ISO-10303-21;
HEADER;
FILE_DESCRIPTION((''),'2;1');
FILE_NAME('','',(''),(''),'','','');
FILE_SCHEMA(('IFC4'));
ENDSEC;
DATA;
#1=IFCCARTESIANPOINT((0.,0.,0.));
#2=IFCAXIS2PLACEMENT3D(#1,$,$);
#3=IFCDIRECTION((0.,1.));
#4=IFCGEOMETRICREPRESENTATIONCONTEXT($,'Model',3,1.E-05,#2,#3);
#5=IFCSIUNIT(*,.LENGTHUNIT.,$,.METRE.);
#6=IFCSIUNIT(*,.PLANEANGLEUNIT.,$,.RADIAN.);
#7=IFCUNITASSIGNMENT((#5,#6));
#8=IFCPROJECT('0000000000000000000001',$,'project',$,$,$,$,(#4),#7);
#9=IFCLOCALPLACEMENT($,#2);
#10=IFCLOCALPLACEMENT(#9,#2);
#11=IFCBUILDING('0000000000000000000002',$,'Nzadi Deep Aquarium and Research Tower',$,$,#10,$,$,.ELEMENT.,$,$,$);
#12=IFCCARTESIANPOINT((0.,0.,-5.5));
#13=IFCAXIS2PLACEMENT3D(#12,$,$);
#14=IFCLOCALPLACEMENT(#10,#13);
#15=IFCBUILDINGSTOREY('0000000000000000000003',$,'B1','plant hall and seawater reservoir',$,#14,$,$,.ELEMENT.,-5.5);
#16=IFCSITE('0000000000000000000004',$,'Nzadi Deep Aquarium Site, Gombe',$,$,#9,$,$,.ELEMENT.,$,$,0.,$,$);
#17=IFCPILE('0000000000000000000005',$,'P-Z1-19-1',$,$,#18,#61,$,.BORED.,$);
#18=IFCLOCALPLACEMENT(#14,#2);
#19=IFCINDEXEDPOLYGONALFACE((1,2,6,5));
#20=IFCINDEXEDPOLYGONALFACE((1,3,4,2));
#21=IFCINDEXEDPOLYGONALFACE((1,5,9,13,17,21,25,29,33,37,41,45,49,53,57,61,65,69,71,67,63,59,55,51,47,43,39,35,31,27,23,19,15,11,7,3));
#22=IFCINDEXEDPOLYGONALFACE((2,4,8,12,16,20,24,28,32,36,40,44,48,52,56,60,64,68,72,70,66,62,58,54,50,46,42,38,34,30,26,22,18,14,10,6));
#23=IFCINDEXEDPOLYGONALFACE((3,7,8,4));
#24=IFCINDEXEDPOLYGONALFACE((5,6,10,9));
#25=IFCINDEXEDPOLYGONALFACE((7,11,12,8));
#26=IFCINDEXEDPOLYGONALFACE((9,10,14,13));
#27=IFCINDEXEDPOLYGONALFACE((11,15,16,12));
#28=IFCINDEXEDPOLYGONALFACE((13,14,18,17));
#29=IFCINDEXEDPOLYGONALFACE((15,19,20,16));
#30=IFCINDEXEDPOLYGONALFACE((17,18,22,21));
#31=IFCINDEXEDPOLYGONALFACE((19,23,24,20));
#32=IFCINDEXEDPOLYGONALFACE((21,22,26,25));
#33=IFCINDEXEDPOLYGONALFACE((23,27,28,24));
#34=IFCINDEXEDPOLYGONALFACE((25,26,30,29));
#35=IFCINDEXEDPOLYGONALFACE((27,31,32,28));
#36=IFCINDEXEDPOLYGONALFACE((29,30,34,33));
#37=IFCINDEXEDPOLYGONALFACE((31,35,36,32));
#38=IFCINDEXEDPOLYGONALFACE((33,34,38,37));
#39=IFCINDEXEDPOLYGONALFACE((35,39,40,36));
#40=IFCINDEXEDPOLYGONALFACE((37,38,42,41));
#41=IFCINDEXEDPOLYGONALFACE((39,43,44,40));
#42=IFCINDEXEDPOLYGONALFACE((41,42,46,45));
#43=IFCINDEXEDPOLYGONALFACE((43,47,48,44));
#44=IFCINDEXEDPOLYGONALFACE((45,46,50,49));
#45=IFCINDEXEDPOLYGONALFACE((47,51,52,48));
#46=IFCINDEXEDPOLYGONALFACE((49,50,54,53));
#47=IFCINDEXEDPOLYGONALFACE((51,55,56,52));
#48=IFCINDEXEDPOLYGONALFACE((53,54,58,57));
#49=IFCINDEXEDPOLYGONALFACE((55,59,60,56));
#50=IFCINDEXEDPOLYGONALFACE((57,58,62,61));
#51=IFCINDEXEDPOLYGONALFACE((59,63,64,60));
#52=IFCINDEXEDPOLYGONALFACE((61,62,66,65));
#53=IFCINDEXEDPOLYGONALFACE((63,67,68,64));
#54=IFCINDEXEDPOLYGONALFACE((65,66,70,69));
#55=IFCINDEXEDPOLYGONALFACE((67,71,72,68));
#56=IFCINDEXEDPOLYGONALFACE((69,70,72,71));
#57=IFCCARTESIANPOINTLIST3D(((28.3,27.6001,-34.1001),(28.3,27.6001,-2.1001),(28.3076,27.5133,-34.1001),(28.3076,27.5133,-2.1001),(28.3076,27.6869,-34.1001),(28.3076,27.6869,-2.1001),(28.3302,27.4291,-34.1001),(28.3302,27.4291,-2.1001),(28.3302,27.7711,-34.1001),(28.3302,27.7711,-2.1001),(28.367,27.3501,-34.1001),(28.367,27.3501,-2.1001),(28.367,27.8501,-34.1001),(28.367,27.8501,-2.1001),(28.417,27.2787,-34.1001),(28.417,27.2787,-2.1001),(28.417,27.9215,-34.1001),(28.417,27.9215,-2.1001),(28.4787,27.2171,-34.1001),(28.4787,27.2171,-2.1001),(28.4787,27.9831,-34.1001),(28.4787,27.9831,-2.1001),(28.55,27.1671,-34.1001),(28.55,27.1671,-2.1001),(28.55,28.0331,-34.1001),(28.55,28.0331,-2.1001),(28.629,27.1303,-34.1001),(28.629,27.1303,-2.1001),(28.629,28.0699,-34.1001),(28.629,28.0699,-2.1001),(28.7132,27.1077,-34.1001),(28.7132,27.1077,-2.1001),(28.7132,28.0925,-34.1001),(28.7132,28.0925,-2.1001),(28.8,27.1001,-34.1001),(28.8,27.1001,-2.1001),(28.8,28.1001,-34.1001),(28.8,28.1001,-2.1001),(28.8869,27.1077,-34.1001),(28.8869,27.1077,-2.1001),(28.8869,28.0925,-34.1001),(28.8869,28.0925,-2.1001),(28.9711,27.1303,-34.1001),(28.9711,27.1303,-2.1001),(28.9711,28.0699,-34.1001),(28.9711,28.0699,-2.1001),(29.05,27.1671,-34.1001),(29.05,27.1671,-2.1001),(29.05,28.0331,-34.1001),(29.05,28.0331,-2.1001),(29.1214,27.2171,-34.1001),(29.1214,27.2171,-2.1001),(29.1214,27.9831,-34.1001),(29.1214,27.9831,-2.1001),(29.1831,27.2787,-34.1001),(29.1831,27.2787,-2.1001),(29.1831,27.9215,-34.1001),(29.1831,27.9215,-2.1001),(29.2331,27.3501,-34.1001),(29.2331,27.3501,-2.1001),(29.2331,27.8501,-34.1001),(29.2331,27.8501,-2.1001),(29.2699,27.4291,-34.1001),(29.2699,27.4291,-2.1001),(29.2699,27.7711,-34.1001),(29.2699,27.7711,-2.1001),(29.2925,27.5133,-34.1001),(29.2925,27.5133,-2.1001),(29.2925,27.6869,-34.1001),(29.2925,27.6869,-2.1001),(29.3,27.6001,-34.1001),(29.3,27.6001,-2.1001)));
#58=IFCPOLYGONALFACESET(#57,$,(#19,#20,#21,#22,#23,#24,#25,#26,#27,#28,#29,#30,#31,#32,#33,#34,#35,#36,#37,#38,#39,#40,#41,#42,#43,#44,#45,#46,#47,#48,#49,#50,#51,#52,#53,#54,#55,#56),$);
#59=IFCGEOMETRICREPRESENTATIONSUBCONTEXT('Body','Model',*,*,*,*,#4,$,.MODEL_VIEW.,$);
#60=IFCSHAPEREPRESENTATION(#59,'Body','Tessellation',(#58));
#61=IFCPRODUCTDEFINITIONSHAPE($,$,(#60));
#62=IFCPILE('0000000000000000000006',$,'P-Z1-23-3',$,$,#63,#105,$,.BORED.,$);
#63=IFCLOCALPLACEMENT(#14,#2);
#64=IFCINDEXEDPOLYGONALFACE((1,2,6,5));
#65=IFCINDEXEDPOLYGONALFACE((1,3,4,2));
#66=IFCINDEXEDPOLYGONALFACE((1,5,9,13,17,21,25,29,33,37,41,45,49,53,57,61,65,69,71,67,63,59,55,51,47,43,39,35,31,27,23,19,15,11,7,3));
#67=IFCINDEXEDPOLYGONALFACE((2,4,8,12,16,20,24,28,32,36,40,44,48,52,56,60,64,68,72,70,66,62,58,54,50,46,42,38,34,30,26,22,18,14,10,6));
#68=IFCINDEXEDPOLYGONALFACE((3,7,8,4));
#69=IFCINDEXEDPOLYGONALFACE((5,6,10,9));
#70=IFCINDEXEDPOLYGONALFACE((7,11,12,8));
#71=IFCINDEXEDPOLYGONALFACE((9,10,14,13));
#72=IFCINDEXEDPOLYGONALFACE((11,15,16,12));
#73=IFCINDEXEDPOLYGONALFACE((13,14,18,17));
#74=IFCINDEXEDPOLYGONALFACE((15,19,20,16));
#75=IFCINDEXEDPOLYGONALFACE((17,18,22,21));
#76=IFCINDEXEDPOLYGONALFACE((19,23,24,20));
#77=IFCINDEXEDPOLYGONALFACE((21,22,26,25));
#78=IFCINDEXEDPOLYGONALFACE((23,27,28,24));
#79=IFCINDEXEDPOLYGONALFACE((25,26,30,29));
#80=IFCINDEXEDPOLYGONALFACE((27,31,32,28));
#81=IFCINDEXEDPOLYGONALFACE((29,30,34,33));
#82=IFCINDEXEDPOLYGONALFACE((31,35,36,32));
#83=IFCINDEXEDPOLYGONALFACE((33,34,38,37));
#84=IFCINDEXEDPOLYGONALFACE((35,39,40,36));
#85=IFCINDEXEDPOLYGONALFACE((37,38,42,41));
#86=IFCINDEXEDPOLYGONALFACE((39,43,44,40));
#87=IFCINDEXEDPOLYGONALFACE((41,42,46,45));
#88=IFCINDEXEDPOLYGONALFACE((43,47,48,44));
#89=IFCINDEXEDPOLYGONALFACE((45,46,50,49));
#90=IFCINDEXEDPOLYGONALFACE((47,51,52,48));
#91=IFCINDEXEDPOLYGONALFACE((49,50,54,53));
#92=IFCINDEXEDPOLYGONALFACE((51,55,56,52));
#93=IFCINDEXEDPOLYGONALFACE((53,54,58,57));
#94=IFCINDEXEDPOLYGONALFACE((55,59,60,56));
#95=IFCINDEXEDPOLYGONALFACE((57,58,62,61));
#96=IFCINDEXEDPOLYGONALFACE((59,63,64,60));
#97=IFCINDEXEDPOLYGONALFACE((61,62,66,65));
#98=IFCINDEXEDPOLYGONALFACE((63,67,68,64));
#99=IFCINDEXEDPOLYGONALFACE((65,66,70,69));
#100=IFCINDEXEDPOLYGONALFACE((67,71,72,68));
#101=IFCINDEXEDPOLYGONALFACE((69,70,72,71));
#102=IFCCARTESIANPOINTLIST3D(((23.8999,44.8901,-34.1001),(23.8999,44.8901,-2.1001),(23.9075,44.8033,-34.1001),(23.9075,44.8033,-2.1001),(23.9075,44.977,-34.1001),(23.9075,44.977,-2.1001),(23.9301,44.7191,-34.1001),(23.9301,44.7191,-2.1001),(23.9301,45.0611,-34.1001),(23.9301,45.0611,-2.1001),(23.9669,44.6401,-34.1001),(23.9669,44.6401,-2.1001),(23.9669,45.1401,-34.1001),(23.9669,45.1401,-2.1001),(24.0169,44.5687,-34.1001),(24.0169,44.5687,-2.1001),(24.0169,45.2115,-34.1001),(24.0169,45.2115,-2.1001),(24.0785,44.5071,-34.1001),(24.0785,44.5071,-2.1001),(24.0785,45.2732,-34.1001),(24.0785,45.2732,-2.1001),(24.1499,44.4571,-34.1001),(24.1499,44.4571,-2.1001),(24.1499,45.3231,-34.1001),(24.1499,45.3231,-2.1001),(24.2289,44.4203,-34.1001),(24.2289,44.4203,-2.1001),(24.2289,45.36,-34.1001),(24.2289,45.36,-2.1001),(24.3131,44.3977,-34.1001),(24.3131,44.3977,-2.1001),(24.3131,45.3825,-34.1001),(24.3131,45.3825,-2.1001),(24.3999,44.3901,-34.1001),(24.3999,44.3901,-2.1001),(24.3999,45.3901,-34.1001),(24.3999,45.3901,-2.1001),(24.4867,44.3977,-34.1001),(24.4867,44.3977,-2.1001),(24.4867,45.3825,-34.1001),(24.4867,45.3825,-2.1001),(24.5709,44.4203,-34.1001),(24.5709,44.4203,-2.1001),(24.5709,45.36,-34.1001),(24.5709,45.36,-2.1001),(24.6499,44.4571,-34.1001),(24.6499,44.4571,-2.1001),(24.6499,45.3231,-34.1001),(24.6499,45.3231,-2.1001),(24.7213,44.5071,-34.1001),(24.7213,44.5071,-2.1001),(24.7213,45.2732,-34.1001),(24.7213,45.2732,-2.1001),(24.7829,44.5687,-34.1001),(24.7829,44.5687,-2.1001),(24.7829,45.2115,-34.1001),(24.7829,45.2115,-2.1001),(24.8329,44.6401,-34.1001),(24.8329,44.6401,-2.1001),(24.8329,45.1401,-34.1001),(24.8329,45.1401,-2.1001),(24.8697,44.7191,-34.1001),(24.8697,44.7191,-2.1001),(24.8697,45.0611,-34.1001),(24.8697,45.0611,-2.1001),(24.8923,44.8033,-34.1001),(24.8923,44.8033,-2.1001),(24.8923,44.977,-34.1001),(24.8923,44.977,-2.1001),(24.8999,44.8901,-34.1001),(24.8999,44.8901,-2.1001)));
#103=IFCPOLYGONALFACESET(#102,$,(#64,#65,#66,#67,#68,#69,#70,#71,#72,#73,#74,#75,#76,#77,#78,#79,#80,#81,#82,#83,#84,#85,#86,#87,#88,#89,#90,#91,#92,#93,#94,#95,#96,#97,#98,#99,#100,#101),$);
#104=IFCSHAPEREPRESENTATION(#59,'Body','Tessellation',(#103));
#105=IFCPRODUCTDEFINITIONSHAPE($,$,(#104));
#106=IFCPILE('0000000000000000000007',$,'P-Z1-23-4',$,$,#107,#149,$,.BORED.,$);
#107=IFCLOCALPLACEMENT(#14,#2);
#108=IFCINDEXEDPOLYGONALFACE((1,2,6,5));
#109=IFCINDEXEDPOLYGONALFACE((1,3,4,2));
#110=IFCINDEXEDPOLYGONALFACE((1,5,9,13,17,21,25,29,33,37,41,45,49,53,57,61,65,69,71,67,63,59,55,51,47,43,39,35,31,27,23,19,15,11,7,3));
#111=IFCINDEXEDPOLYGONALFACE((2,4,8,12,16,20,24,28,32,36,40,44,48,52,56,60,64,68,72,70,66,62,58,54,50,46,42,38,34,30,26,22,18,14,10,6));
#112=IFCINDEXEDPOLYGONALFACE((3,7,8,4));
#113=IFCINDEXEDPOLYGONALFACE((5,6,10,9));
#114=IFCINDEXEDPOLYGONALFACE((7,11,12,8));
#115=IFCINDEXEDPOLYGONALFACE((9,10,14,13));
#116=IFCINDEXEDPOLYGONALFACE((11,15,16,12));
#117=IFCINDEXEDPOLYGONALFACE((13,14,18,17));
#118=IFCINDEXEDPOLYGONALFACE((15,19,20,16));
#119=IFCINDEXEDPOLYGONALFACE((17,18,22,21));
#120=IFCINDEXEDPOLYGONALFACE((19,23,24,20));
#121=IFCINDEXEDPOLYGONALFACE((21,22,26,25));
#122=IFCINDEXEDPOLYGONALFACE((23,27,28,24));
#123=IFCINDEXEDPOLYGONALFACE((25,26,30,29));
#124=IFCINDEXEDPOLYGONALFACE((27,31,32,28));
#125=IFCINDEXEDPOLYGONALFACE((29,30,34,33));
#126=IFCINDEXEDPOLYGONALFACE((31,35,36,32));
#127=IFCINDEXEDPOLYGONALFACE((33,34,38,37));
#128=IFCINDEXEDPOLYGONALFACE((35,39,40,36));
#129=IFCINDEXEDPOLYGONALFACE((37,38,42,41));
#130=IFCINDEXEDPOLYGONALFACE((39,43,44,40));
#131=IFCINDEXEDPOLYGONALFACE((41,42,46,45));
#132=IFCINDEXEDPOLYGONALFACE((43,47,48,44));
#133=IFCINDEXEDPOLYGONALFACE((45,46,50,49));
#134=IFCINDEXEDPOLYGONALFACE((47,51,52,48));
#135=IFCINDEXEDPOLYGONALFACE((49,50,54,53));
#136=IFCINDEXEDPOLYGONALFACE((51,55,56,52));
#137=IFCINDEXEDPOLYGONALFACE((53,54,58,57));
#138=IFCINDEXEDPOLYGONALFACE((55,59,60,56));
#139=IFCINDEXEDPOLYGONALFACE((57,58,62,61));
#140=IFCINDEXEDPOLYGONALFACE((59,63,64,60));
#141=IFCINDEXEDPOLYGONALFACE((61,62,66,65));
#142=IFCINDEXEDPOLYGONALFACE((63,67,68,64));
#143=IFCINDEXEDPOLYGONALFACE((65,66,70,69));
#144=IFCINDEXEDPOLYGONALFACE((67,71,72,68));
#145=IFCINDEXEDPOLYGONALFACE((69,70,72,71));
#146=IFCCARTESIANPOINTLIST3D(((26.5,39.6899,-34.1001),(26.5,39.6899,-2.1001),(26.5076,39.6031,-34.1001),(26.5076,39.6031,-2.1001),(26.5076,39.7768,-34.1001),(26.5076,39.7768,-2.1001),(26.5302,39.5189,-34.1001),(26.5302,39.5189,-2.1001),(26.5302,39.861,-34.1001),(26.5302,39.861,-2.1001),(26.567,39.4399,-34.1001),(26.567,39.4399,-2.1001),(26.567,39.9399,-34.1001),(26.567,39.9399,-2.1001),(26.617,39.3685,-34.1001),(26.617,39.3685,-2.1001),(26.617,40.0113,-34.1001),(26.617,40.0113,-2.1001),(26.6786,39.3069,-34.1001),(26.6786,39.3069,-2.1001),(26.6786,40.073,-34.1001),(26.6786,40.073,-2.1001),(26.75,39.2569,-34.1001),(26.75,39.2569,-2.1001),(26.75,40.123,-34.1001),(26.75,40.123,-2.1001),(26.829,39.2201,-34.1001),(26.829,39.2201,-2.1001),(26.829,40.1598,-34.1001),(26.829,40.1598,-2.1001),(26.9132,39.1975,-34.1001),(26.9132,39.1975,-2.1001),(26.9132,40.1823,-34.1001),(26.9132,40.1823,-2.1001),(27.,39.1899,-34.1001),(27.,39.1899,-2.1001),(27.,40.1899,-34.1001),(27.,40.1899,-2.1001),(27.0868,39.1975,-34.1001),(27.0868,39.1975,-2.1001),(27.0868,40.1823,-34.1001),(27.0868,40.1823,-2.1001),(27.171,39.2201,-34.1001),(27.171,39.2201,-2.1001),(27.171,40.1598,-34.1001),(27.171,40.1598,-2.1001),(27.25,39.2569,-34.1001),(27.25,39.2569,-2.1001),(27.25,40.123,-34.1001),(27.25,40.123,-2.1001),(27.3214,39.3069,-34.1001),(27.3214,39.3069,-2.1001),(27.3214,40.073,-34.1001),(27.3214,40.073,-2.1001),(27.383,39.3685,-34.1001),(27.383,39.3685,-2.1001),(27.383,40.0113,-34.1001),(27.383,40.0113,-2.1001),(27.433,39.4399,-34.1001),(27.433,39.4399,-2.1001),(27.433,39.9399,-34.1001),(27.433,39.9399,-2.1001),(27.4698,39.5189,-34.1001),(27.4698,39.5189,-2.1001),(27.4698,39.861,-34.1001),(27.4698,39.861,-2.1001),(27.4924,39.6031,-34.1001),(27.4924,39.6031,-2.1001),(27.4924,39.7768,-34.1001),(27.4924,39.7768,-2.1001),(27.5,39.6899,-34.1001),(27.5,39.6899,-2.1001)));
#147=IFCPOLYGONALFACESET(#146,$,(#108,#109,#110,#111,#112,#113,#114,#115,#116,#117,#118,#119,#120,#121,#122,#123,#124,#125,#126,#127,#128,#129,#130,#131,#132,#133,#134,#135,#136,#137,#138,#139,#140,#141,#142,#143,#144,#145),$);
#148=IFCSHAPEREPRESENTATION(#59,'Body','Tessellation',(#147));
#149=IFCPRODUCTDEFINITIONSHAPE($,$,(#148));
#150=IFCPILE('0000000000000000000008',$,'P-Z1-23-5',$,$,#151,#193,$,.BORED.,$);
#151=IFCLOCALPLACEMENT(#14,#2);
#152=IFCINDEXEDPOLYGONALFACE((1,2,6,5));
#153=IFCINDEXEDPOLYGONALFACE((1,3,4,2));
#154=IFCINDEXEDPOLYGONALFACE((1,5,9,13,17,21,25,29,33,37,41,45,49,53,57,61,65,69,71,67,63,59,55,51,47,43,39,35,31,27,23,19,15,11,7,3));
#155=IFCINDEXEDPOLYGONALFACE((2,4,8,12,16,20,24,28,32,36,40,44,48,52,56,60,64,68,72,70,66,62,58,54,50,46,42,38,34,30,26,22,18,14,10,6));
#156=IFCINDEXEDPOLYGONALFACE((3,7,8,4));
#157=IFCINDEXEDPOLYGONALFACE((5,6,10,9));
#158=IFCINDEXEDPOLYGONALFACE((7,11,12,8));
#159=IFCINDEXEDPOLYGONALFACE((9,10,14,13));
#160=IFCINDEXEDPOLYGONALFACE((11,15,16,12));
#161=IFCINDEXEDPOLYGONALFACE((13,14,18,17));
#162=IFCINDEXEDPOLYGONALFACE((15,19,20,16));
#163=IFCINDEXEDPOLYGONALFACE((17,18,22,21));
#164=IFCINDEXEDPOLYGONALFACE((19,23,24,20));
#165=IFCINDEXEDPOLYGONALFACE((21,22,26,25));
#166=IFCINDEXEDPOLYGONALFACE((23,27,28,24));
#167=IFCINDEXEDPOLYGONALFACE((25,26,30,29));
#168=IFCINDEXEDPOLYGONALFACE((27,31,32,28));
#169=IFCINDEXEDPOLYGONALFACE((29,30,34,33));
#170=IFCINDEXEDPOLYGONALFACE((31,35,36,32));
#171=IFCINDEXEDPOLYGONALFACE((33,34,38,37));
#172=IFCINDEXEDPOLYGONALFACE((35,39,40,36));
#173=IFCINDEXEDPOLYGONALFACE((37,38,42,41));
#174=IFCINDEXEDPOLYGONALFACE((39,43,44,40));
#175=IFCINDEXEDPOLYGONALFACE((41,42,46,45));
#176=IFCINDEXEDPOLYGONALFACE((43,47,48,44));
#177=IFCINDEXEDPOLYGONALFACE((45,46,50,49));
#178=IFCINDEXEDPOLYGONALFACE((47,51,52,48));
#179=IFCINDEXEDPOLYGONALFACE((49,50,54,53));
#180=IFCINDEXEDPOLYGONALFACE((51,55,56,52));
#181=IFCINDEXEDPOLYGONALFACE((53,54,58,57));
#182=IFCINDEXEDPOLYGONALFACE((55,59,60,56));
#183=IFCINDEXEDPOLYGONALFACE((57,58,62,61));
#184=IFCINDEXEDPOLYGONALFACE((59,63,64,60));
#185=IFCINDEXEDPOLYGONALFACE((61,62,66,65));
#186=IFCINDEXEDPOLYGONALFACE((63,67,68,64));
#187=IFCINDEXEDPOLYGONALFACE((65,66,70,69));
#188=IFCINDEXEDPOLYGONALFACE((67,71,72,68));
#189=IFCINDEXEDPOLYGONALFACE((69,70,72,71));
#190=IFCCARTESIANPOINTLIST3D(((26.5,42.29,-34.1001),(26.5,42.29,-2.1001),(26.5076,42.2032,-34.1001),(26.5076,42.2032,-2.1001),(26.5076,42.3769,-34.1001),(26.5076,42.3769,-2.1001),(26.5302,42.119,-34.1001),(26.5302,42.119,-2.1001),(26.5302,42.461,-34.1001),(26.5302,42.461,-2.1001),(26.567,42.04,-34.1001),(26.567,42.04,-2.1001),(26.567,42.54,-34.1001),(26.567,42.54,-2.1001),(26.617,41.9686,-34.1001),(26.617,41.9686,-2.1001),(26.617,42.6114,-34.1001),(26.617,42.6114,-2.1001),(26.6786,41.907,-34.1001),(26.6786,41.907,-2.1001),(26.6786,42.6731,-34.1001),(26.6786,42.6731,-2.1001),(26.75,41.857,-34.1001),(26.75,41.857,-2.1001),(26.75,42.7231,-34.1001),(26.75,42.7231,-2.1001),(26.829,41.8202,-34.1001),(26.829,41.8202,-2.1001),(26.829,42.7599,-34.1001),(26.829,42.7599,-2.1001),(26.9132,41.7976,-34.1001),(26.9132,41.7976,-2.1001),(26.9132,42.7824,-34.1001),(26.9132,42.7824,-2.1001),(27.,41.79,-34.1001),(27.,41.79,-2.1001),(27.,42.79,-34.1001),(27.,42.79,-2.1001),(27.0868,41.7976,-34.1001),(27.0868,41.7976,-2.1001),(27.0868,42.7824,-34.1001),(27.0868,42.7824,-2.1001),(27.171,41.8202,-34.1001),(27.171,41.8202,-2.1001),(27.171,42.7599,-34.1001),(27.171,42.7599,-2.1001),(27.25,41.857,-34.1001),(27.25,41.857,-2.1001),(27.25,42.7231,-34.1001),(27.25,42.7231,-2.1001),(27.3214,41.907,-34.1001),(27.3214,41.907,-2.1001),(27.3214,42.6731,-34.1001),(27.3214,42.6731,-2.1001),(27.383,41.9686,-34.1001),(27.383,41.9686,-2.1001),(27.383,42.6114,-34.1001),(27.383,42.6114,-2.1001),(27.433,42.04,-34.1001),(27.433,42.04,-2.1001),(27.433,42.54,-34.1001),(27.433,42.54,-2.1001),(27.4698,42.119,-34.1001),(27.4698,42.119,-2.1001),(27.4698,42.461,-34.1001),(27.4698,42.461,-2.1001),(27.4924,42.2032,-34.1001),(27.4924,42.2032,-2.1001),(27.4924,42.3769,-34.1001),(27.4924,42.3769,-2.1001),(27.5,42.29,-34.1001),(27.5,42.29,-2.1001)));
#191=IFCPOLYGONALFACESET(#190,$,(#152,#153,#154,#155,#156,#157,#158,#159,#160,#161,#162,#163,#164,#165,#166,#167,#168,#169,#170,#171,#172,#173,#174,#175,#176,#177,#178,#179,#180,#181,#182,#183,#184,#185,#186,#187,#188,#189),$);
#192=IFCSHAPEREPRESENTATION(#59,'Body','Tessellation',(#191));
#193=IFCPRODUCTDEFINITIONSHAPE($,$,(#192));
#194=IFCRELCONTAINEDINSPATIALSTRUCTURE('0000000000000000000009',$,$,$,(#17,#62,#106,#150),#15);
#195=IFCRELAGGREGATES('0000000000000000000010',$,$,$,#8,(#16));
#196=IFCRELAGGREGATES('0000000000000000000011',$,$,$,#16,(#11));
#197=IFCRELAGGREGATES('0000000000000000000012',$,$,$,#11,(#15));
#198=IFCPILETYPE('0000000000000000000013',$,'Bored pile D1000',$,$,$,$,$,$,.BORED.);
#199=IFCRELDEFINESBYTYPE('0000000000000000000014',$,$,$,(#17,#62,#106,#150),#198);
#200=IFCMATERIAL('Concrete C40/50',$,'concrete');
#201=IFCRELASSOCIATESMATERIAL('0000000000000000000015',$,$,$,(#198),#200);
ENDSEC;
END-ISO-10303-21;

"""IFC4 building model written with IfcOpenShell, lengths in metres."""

from ifc_helpers import new_model, si_unit, direction, frame, origin, origin_2d, place, context, subcontext, project, spatial, circle, extrude, material, material_profile, profile_set, type_object, element, save


model = new_model("IFC4")

# Units and contexts
model_context = context("Model", 3, precision=1e-05, world=origin(), true_north=direction((0.0, 1.0)))
body_context = subcontext(model_context, "Body", "Model", "MODEL_VIEW")
ifc_project = project(units=[si_unit("LENGTHUNIT", "METRE"), si_unit("PLANEANGLEUNIT", "RADIAN")], contexts=[model_context])

# Site, building, storey
site_placement = place(None, origin())
site = spatial("IfcSite", under=ifc_project, at=site_placement, Name="Nzadi Deep Aquarium Site, Gombe", CompositionType="ELEMENT", RefElevation=0.0)
building_placement = place(site_placement, origin())
building = spatial("IfcBuilding", under=site, at=building_placement, Name="Nzadi Deep Aquarium and Research Tower", CompositionType="ELEMENT")
storey_placement = place(building_placement, frame((0.0, 0.0, -5.5)))
storey = spatial("IfcBuildingStorey", under=building, at=storey_placement, Name="B1", Description="plant hall and seawater reservoir", CompositionType="ELEMENT", Elevation=-5.5)

# Piles
ifc_material_1 = material(Name="Concrete C40/50", Category="concrete")
ifc_material_profile_1 = material_profile(ifc_material_1, circle(Radius=0.5, at=origin_2d()))
ifc_profile_set_1 = profile_set([ifc_material_profile_1], Name="Concrete C40/50")
pile_type = type_object("IfcPileType", Name="Bored pile D1000", PredefinedType="BORED", material=ifc_profile_set_1)
for number, where, z_axis, x_axis, name in (
    (1, (28.8, 27.6001, -2.1001), (0.0, 0.0, -1.0), (1.0, 0.0, 0.0), "P-Z1-19-1"),
    (2, (24.3999, 44.8901, -2.1001), (0.0, 0.0, -1.0), (1.0, 0.0, 0.0), "P-Z1-23-3"),
    (3, (27.0, 39.6899, -2.1001), (0.0, 0.0, -1.0), (1.0, 0.0, 0.0), "P-Z1-23-4"),
    (4, (27.0, 42.29, -2.1001), (0.0, 0.0, -1.0), (1.0, 0.0, 0.0), "P-Z1-23-5"),
):
    element("IfcPile", number, at=place(storey_placement, frame(where, z_axis=z_axis, x_axis=x_axis)), inside=storey, type_object=pile_type, Name=name, PredefinedType="BORED", context=body_context, shape_type="SweptSolid", body=[
        extrude(circle(Radius=0.5, at=origin_2d()), origin(), (0.0, 0.0, 1.0), 32.0),
    ])

save(model, "model.ifc")
